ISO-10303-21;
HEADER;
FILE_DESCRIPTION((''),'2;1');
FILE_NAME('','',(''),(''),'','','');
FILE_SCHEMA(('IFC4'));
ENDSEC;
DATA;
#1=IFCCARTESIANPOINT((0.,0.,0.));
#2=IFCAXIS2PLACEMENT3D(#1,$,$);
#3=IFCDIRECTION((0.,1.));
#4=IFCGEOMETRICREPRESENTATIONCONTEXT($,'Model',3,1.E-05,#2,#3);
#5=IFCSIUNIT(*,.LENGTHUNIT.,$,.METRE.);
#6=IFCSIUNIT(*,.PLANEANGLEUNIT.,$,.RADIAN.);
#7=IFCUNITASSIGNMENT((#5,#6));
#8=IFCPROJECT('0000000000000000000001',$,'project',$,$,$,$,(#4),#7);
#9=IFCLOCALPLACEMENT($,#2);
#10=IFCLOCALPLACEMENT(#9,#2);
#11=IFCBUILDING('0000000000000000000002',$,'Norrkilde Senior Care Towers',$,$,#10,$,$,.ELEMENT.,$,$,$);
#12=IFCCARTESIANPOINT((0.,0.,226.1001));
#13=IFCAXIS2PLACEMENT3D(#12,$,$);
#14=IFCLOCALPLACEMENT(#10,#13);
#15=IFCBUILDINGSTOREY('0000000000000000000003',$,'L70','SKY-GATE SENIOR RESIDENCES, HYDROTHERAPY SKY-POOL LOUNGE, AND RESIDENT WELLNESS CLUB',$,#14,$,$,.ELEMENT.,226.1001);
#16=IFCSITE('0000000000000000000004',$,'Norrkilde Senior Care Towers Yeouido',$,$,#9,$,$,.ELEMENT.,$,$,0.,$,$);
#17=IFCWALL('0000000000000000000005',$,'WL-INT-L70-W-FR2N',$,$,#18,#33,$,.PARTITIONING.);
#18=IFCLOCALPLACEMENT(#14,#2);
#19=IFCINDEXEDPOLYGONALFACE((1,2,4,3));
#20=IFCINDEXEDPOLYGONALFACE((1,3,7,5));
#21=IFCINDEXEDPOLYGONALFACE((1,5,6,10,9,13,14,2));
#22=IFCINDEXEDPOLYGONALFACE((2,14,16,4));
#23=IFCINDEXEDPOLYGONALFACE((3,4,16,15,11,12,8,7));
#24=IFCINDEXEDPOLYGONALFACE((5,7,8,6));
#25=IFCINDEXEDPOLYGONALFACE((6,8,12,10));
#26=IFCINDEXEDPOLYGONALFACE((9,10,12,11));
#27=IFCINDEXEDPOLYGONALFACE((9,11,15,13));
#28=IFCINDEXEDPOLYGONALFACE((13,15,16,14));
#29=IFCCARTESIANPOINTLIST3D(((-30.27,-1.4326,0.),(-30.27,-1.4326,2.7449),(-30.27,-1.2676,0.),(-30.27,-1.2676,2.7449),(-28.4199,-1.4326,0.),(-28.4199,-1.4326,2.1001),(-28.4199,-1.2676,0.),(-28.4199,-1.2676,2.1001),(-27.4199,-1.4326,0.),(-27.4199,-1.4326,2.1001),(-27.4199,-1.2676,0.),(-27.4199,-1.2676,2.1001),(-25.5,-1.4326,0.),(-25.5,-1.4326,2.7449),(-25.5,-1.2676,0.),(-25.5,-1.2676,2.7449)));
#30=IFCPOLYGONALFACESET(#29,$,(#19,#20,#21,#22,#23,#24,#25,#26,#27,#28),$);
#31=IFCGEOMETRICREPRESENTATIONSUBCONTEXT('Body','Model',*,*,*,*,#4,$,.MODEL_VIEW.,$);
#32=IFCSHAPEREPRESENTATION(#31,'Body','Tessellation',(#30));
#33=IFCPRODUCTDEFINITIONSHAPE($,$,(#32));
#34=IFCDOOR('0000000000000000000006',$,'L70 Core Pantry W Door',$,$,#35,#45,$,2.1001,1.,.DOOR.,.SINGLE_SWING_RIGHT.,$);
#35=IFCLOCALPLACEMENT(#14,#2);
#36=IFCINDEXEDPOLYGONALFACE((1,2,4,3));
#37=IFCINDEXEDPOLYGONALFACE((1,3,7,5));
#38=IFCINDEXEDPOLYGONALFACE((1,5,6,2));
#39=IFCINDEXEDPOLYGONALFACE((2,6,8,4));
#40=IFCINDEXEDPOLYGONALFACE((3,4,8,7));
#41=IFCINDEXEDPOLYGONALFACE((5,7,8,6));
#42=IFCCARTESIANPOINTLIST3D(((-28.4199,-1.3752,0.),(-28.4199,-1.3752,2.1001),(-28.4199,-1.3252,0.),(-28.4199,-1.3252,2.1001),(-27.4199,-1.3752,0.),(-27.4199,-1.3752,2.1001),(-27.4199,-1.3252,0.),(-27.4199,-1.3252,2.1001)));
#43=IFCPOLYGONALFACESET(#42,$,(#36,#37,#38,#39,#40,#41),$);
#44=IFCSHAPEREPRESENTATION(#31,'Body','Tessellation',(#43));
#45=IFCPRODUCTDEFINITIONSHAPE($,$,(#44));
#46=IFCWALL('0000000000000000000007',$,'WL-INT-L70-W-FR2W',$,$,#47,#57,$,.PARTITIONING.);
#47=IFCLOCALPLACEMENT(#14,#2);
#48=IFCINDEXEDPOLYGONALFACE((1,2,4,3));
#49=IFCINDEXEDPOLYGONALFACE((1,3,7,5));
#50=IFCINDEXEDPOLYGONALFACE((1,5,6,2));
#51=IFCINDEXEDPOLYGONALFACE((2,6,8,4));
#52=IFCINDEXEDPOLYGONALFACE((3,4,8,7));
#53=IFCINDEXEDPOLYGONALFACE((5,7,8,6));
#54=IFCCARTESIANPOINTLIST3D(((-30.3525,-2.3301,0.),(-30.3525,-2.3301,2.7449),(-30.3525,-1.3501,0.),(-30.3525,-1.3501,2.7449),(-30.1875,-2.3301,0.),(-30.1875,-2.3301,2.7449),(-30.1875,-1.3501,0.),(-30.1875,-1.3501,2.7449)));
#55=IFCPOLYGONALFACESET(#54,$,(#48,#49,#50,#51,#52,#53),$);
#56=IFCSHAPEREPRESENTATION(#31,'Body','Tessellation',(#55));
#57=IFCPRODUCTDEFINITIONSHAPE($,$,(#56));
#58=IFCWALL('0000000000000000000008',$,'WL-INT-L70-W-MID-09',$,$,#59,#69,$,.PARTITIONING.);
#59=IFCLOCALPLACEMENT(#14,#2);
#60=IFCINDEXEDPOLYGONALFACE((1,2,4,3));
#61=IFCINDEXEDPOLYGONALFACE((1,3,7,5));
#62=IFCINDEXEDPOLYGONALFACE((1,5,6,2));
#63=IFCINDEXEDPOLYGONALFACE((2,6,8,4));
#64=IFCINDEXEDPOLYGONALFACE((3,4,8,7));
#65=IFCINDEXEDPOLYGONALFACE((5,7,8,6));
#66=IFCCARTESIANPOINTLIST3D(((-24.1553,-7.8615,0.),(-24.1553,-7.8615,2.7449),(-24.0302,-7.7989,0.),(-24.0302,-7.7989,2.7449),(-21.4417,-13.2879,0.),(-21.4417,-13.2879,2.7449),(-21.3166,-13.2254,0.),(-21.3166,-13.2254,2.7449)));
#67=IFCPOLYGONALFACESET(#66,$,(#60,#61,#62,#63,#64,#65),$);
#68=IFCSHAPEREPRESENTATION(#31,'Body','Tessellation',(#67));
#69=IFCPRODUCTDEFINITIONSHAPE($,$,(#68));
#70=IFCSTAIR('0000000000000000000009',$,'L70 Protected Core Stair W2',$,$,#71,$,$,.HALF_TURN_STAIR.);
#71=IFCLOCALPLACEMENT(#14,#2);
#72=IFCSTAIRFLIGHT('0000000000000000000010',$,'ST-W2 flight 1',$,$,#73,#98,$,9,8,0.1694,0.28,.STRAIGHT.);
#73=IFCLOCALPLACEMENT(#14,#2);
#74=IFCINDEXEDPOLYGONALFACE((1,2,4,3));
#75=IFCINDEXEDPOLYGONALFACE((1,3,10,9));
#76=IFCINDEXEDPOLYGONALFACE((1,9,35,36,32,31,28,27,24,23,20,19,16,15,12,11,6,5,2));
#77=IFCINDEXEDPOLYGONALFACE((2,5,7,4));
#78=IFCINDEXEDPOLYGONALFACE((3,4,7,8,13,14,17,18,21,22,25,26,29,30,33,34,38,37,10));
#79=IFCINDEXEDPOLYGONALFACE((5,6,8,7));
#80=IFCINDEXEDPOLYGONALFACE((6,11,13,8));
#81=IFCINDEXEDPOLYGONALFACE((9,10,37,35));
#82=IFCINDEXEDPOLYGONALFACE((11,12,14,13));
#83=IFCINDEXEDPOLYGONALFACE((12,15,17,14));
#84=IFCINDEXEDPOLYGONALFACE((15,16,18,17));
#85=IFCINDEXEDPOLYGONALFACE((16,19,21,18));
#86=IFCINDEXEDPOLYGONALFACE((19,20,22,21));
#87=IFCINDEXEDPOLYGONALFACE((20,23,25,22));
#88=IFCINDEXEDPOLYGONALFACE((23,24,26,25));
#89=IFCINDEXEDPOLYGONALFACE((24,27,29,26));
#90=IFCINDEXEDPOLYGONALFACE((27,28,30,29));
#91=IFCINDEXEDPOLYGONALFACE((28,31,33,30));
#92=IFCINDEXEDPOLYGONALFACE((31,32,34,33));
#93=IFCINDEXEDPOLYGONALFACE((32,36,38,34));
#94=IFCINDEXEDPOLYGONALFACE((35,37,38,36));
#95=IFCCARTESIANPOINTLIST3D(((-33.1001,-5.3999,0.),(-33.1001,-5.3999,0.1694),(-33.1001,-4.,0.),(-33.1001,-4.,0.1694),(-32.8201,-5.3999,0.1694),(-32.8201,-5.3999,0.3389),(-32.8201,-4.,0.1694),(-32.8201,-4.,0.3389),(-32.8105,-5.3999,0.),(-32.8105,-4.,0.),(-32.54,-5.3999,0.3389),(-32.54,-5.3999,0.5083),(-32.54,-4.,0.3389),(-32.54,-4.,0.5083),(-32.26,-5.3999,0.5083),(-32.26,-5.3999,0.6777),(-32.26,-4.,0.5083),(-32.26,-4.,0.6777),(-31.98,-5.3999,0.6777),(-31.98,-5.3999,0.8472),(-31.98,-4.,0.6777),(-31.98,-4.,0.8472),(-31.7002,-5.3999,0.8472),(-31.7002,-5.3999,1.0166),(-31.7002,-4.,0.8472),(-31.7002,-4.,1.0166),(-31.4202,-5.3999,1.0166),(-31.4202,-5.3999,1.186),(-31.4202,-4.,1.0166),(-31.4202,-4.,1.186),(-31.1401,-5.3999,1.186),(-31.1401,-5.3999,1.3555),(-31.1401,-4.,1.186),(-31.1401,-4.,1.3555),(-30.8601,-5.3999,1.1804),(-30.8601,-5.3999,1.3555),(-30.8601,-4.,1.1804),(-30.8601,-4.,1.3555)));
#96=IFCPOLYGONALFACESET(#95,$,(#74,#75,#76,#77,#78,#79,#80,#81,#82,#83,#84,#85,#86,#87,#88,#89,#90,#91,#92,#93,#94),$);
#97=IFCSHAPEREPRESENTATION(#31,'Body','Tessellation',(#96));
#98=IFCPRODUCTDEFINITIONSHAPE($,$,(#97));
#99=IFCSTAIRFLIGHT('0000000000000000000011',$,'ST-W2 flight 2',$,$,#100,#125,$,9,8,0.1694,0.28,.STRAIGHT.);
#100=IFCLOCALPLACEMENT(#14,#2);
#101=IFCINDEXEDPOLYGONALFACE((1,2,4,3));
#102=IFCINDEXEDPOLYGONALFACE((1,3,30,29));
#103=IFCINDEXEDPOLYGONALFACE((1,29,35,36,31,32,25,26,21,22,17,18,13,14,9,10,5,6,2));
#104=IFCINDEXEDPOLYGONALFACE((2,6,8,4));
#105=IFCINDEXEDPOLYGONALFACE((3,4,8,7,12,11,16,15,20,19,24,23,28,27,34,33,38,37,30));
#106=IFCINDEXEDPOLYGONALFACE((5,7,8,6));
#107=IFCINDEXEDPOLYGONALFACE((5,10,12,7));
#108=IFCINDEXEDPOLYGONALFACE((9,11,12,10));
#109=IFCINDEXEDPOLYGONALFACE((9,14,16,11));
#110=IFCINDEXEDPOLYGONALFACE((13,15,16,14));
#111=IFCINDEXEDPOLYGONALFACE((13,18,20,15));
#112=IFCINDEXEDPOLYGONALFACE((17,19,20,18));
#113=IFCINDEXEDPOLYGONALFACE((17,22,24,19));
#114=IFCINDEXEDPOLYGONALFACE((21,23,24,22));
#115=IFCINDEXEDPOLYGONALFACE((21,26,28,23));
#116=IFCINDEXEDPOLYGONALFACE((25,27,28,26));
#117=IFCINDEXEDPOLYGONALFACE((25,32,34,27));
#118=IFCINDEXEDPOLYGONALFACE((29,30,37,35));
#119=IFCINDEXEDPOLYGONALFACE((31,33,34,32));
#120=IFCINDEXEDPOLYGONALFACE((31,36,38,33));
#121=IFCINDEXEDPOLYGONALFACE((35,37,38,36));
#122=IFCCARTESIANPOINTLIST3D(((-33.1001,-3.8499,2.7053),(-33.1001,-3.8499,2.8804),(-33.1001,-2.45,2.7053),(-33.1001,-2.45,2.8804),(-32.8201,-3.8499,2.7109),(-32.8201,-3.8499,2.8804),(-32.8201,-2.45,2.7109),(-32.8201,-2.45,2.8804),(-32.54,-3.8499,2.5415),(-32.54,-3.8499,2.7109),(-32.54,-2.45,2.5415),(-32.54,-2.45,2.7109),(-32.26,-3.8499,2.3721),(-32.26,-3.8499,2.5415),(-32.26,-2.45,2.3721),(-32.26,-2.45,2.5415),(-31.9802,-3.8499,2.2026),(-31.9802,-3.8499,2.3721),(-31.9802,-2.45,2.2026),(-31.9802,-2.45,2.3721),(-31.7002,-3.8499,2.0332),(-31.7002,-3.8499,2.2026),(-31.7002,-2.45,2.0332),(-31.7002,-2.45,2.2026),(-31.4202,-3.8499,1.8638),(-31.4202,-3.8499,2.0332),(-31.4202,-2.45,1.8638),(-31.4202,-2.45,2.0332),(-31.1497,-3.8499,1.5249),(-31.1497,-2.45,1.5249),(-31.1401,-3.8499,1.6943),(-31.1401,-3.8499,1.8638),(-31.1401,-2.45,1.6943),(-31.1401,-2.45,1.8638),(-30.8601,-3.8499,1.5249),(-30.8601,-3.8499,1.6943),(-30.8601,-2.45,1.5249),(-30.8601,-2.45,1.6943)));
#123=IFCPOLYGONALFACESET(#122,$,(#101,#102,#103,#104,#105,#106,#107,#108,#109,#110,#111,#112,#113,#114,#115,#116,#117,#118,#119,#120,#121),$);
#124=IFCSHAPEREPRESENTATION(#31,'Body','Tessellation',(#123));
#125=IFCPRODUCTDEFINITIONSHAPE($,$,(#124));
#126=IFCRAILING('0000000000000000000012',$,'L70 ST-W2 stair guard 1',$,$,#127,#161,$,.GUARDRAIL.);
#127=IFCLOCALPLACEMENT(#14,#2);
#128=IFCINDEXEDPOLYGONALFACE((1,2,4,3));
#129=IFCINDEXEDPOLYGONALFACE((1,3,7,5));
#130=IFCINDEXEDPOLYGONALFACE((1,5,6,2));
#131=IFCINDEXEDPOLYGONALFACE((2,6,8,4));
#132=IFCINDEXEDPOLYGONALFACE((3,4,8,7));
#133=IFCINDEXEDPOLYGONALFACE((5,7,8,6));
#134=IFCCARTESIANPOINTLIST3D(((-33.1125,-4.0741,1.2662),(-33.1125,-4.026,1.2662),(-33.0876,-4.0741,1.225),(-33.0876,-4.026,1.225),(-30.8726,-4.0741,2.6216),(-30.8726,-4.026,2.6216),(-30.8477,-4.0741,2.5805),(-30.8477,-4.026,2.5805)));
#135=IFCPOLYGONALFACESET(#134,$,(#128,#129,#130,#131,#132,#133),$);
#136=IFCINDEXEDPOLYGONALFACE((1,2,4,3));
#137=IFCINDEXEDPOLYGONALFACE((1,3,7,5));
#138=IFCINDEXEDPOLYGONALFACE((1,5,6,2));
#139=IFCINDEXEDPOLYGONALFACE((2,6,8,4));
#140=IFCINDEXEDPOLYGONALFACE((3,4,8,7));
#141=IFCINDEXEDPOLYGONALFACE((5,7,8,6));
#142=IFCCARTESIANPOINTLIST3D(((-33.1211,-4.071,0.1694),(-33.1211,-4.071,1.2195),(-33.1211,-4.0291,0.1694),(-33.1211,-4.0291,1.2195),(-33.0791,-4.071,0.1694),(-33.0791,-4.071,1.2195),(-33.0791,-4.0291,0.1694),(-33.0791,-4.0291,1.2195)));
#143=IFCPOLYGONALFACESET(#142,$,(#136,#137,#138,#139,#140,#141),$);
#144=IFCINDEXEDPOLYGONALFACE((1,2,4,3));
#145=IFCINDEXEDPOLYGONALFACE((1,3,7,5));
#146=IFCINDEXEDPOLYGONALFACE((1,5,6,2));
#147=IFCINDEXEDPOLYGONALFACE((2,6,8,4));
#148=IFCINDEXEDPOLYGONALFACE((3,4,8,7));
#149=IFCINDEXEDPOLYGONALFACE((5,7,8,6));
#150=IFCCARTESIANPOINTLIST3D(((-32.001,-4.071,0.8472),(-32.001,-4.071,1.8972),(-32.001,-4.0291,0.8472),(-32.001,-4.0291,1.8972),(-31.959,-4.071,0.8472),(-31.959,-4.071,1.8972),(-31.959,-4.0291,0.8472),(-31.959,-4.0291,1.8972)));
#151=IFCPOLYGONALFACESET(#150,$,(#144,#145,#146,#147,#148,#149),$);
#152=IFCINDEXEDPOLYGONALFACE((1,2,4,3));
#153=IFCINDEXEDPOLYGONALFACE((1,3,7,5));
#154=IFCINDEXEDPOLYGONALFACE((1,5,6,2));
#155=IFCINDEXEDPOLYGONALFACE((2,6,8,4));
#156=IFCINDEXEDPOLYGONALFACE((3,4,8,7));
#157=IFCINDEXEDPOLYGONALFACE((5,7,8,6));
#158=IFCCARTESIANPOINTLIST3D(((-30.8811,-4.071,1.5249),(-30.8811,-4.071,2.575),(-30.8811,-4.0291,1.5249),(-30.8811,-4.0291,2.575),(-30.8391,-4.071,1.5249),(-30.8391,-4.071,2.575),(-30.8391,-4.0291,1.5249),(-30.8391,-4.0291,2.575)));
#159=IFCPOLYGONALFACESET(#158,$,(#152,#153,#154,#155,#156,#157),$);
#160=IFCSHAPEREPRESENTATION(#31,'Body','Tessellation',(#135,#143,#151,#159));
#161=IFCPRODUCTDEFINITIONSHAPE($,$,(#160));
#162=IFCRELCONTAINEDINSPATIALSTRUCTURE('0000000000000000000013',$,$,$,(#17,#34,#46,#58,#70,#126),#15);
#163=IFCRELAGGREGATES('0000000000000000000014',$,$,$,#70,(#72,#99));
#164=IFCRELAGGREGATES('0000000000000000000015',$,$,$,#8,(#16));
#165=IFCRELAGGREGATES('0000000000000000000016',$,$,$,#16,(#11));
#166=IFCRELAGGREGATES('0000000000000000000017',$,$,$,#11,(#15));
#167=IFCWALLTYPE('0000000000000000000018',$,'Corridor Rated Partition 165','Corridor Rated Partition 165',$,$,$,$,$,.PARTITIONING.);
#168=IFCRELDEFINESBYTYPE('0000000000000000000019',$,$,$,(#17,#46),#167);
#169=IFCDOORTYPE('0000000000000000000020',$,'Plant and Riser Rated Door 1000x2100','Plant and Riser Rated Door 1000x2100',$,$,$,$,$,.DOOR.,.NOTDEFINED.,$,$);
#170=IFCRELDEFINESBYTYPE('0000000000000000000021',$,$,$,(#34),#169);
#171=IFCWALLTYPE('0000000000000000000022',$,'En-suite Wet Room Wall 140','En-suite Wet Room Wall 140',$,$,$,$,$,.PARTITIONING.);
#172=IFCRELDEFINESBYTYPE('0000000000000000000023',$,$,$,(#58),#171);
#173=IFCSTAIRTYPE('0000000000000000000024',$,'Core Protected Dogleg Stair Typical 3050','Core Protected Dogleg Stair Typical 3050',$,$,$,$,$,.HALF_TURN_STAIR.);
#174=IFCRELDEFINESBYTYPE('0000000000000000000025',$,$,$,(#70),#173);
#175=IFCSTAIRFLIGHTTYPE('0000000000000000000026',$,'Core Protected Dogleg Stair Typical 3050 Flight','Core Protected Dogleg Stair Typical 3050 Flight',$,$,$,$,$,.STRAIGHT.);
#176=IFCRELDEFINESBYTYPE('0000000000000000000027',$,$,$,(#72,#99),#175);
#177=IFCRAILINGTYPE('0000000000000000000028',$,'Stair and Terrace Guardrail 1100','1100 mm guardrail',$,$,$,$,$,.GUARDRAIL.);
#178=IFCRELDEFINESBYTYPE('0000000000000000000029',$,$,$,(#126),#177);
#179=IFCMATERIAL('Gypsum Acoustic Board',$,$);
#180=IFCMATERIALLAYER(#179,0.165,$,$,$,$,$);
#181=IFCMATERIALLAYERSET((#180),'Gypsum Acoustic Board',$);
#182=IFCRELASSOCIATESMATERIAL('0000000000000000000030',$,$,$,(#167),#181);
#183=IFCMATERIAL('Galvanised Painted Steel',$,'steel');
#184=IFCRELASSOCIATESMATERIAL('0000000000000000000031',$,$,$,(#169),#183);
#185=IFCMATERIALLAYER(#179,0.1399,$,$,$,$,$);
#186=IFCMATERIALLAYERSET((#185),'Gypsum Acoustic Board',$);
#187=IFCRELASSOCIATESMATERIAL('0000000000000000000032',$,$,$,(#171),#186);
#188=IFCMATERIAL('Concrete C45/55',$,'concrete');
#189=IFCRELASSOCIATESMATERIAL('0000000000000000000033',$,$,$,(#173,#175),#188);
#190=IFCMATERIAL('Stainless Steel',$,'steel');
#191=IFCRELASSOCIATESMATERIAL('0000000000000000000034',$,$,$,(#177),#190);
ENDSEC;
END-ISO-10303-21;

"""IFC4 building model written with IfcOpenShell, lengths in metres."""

from ifc_helpers import new_model, si_unit, direction, frame, frame_2d, origin, origin_2d, place, context, subcontext, project, spatial, polyline, rectangle, outline, extrude, source, transform, mapped, material, layer, layer_set, type_object, type_shapes, element, fill, aggregate, save


model = new_model("IFC4")

# Units and contexts
model_context = context("Model", 3, precision=1e-05, world=origin(), true_north=direction((0.0, 1.0)))
body_context = subcontext(model_context, "Body", "Model", "MODEL_VIEW")
ifc_project = project(units=[si_unit("LENGTHUNIT", "METRE"), si_unit("PLANEANGLEUNIT", "RADIAN")], contexts=[model_context])

# Site, building, storey
site_placement = place(None, origin())
site = spatial("IfcSite", under=ifc_project, at=site_placement, Name="Norrkilde Senior Care Towers Yeouido", CompositionType="ELEMENT", RefElevation=0.0)
building_placement = place(site_placement, origin())
building = spatial("IfcBuilding", under=site, at=building_placement, Name="Norrkilde Senior Care Towers", CompositionType="ELEMENT")
storey_placement = place(building_placement, frame((0.0, 0.0, 226.1001)))
storey = spatial("IfcBuildingStorey", under=building, at=storey_placement, Name="L70", Description="SKY-GATE SENIOR RESIDENCES, HYDROTHERAPY SKY-POOL LOUNGE, AND RESIDENT WELLNESS CLUB", CompositionType="ELEMENT", Elevation=226.1001)

# Shared definitions
ifc_material_1 = material(Name="Concrete C45/55", Category="concrete")
ifc_material_2 = material(Name="Gypsum Acoustic Board")

# Shared definitions
ifc_material_3 = material(Name="Stainless Steel", Category="steel")

# Wall, opening, door
ifc_layer_1 = layer(ifc_material_2, 0.165)
ifc_layer_set_1 = layer_set([ifc_layer_1], Name="Gypsum Acoustic Board")
wall_type_1 = type_object("IfcWallType", Name="Corridor Rated Partition 165", Description="Corridor Rated Partition 165", PredefinedType="PARTITIONING", material=ifc_layer_set_1)
shared_shape_1 = source(origin(), body_context, "Body", "SweptSolid", [
    extrude(rectangle(XDim=4.77, YDim=0.165, at=frame_2d((2.385, 0.0))), origin(), (0.0, 0.0, 1.0), 2.7449),
])
wall_1_placement = place(storey_placement, frame((-30.27, -1.3501, 0.0), z_axis=(0.0, 0.0, 1.0), x_axis=(1.0, 0.0, 0.0)))
wall_1 = element("IfcWall", 1, at=wall_1_placement, inside=storey, type_object=wall_type_1, Name="WL-INT-L70-W-FR2N", PredefinedType="PARTITIONING", context=body_context, shape_type="MappedRepresentation", body=[
    mapped(shared_shape_1, transform((0.0, 0.0, 0.0), x_axis=(1.0, 0.0, 0.0), y_axis=(0.0, 1.0, 0.0), z_axis=(0.0, 0.0, 1.0), scale=1.0)),
])
opening_1_placement = place(wall_1_placement, frame((1.8501, 0.0, 0.0)))
opening_1 = element("IfcOpeningElement", 2, at=opening_1_placement, cuts=wall_1, PredefinedType="OPENING", context=body_context, shape_type="SweptSolid", body=[
    extrude(rectangle(XDim=1.0, YDim=2.1001, at=frame_2d((0.5, 1.05))), frame((0.0, 0.0925, 0.0), z_axis=(0.0, -1.0, 0.0), x_axis=(1.0, 0.0, 0.0)), (0.0, 0.0, 1.0), 0.1851),
])
ifc_material_4 = material(Name="Galvanised Painted Steel", Category="steel")
door_type_1 = type_object("IfcDoorType", Name="Plant and Riser Rated Door 1000x2100", Description="Plant and Riser Rated Door 1000x2100", OperationType="NOTDEFINED", PredefinedType="DOOR", material=ifc_material_4)
shared_shape_2 = source(origin(), body_context, "Body", "SweptSolid", [
    extrude(rectangle(XDim=1.0, YDim=2.1001, at=frame_2d((0.5, 1.05))), frame((0.0, 0.0249, 0.0), z_axis=(0.0, -1.0, 0.0), x_axis=(1.0, 0.0, 0.0)), (0.0, 0.0, 1.0), 0.05),
])
type_shapes(door_type_1, [shared_shape_2])
door_1_placement = place(opening_1_placement, origin())
door_1 = element("IfcDoor", 3, at=door_1_placement, inside=storey, type_object=door_type_1, Name="L70 Core Pantry W Door", OperationType="SINGLE_SWING_RIGHT", OverallHeight=2.1001, OverallWidth=1.0, PredefinedType="DOOR", context=body_context, shape_type="MappedRepresentation", body=[
    mapped(shared_shape_2, transform((0.0, 0.0, 0.0), x_axis=(1.0, 0.0, 0.0), y_axis=(0.0, 1.0, 0.0), z_axis=(0.0, 0.0, 1.0), scale=1.0)),
])
fill(opening_1, door_1)

# Walls
shared_shape_3 = source(origin(), body_context, "Body", "SweptSolid", [
    extrude(rectangle(XDim=0.98, YDim=0.165, at=frame_2d((0.49, 0.0))), origin(), (0.0, 0.0, 1.0), 2.7449),
])
type_shapes(wall_type_1, [shared_shape_1, shared_shape_3])
wall_2_placement = place(storey_placement, frame((-30.27, -2.3301, 0.0), z_axis=(0.0, 0.0, 1.0), x_axis=(0.0, 1.0, 0.0)))
element("IfcWall", 4, at=wall_2_placement, inside=storey, type_object=wall_type_1, Name="WL-INT-L70-W-FR2W", PredefinedType="PARTITIONING", context=body_context, shape_type="MappedRepresentation", body=[
    mapped(shared_shape_3, transform((0.0, 0.0, 0.0), x_axis=(1.0, 0.0, 0.0), y_axis=(0.0, 1.0, 0.0), z_axis=(0.0, 0.0, 1.0), scale=1.0)),
])
ifc_layer_2 = layer(ifc_material_2, 0.1399)
ifc_layer_set_2 = layer_set([ifc_layer_2], Name="Gypsum Acoustic Board")
wall_type_2 = type_object("IfcWallType", Name="En-suite Wet Room Wall 140", Description="En-suite Wet Room Wall 140", PredefinedType="PARTITIONING", material=ifc_layer_set_2)
shared_shape_4 = source(origin(), body_context, "Body", "SweptSolid", [
    extrude(rectangle(XDim=6.0671, YDim=0.1399, at=frame_2d((3.0337, 0.0))), origin(), (0.0, 0.0, 1.0), 2.7449),
])
type_shapes(wall_type_2, [shared_shape_4])
wall_3_placement = place(storey_placement, frame((-24.0928, -7.8301, 0.0), z_axis=(0.0, 0.0, 1.0), x_axis=(0.447262, -0.894403, 0.0)))
element("IfcWall", 5, at=wall_3_placement, inside=storey, type_object=wall_type_2, Name="WL-INT-L70-W-MID-09", PredefinedType="PARTITIONING", context=body_context, shape_type="MappedRepresentation", body=[
    mapped(shared_shape_4, transform((0.0, 0.0, 0.0), x_axis=(1.0, 0.0, 0.0), y_axis=(0.0, 1.0, 0.0), z_axis=(0.0, 0.0, 1.0), scale=1.0)),
])

# Stair, stair flights
stair_type = type_object("IfcStairType", Name="Core Protected Dogleg Stair Typical 3050", Description="Core Protected Dogleg Stair Typical 3050", PredefinedType="HALF_TURN_STAIR", material=ifc_material_1)
stair_placement = place(storey_placement, origin())
stair = element("IfcStair", 6, at=stair_placement, inside=storey, type_object=stair_type, Name="L70 Protected Core Stair W2", PredefinedType="HALF_TURN_STAIR")
stair_flight_type = type_object("IfcStairFlightType", Name="Core Protected Dogleg Stair Typical 3050 Flight", Description="Core Protected Dogleg Stair Typical 3050 Flight", PredefinedType="STRAIGHT", material=ifc_material_1)
stair_flight_1_placement = place(storey_placement, frame((-33.1001, -4.7, 0.0), z_axis=(0.0, 0.0, 1.0), x_axis=(1.0, 0.0, 0.0)))
stair_flight_1 = element("IfcStairFlight", 7, at=stair_flight_1_placement, type_object=stair_flight_type, Name="ST-W2 flight 1", NumberOfRisers=9, NumberOfTreads=8, PredefinedType="STRAIGHT", RiserHeight=0.1694, TreadLength=0.28, context=body_context, shape_type="SweptSolid", body=[
    extrude(outline(polyline([(0.0, 0.0), (0.0, 0.1694), (0.28, 0.1694), (0.28, 0.3389), (0.5601, 0.3389), (0.5601, 0.5083), (0.8401, 0.5083), (0.8401, 0.6777), (1.1201, 0.6777), (1.1201, 0.8472), (1.3999, 0.8472), (1.3999, 1.0166), (1.6799, 1.0166), (1.6799, 1.186), (1.96, 1.186), (1.96, 1.3555), (2.24, 1.3555), (2.24, 1.5249), (2.24, 1.1804), (0.2896, 0.0), (0.0, 0.0)])), frame((0.0, 0.7, 0.0), z_axis=(0.0, -1.0, 0.0), x_axis=(1.0, 0.0, 0.0)), (0.0, 0.0, 1.0), 1.3999),
])
stair_flight_2_placement = place(storey_placement, frame((-30.8601, -3.1499, 1.5249), z_axis=(0.0, 0.0, 1.0), x_axis=(-1.0, 0.0, 0.0)))
stair_flight_2 = element("IfcStairFlight", 8, at=stair_flight_2_placement, type_object=stair_flight_type, Name="ST-W2 flight 2", NumberOfRisers=9, NumberOfTreads=8, PredefinedType="STRAIGHT", RiserHeight=0.1694, TreadLength=0.28, context=body_context, shape_type="SweptSolid", body=[
    extrude(outline(polyline([(0.0, 0.0), (0.0, 0.1694), (0.28, 0.1694), (0.28, 0.3389), (0.5601, 0.3389), (0.5601, 0.5083), (0.8401, 0.5083), (0.8401, 0.6777), (1.1201, 0.6777), (1.1201, 0.8472), (1.3999, 0.8472), (1.3999, 1.0166), (1.6799, 1.0166), (1.6799, 1.186), (1.96, 1.186), (1.96, 1.3555), (2.24, 1.3555), (2.24, 1.5249), (2.24, 1.1804), (0.2896, 0.0), (0.0, 0.0)])), frame((0.0, 0.7, 0.0), z_axis=(0.0, -1.0, 0.0), x_axis=(1.0, 0.0, 0.0)), (0.0, 0.0, 1.0), 1.3999),
])
aggregate(stair, [stair_flight_1, stair_flight_2])

# Railing
railing_type_1 = type_object("IfcRailingType", Name="Stair and Terrace Guardrail 1100", Description="1100 mm guardrail", PredefinedType="GUARDRAIL", material=ifc_material_3)
railing_1_placement = place(storey_placement, frame((-33.1001, -4.05, 0.1694)))
element("IfcRailing", 9, at=railing_1_placement, inside=storey, type_object=railing_type_1, Name="L70 ST-W2 stair guard 1", PredefinedType="GUARDRAIL", context=body_context, shape_type="SweptSolid", body=[
    extrude(rectangle(XDim=0.0481, YDim=0.0481, at=origin_2d()), frame((0.0, 0.0, 1.0762), z_axis=(0.855553, 0.0, 0.517715), x_axis=(0.0, 1.0, 0.0)), (0.0, 0.0, 1.0), 2.6182),
    extrude(rectangle(XDim=0.042, YDim=0.042, at=origin_2d()), origin(), (0.0, 0.0, 1.0), 1.05),
    extrude(rectangle(XDim=0.042, YDim=0.042, at=origin_2d()), frame((1.1201, 0.0, 0.6777)), (0.0, 0.0, 1.0), 1.05),
    extrude(rectangle(XDim=0.042, YDim=0.042, at=origin_2d()), frame((2.24, 0.0, 1.3555)), (0.0, 0.0, 1.0), 1.05),
])

save(model, "model.ifc")
